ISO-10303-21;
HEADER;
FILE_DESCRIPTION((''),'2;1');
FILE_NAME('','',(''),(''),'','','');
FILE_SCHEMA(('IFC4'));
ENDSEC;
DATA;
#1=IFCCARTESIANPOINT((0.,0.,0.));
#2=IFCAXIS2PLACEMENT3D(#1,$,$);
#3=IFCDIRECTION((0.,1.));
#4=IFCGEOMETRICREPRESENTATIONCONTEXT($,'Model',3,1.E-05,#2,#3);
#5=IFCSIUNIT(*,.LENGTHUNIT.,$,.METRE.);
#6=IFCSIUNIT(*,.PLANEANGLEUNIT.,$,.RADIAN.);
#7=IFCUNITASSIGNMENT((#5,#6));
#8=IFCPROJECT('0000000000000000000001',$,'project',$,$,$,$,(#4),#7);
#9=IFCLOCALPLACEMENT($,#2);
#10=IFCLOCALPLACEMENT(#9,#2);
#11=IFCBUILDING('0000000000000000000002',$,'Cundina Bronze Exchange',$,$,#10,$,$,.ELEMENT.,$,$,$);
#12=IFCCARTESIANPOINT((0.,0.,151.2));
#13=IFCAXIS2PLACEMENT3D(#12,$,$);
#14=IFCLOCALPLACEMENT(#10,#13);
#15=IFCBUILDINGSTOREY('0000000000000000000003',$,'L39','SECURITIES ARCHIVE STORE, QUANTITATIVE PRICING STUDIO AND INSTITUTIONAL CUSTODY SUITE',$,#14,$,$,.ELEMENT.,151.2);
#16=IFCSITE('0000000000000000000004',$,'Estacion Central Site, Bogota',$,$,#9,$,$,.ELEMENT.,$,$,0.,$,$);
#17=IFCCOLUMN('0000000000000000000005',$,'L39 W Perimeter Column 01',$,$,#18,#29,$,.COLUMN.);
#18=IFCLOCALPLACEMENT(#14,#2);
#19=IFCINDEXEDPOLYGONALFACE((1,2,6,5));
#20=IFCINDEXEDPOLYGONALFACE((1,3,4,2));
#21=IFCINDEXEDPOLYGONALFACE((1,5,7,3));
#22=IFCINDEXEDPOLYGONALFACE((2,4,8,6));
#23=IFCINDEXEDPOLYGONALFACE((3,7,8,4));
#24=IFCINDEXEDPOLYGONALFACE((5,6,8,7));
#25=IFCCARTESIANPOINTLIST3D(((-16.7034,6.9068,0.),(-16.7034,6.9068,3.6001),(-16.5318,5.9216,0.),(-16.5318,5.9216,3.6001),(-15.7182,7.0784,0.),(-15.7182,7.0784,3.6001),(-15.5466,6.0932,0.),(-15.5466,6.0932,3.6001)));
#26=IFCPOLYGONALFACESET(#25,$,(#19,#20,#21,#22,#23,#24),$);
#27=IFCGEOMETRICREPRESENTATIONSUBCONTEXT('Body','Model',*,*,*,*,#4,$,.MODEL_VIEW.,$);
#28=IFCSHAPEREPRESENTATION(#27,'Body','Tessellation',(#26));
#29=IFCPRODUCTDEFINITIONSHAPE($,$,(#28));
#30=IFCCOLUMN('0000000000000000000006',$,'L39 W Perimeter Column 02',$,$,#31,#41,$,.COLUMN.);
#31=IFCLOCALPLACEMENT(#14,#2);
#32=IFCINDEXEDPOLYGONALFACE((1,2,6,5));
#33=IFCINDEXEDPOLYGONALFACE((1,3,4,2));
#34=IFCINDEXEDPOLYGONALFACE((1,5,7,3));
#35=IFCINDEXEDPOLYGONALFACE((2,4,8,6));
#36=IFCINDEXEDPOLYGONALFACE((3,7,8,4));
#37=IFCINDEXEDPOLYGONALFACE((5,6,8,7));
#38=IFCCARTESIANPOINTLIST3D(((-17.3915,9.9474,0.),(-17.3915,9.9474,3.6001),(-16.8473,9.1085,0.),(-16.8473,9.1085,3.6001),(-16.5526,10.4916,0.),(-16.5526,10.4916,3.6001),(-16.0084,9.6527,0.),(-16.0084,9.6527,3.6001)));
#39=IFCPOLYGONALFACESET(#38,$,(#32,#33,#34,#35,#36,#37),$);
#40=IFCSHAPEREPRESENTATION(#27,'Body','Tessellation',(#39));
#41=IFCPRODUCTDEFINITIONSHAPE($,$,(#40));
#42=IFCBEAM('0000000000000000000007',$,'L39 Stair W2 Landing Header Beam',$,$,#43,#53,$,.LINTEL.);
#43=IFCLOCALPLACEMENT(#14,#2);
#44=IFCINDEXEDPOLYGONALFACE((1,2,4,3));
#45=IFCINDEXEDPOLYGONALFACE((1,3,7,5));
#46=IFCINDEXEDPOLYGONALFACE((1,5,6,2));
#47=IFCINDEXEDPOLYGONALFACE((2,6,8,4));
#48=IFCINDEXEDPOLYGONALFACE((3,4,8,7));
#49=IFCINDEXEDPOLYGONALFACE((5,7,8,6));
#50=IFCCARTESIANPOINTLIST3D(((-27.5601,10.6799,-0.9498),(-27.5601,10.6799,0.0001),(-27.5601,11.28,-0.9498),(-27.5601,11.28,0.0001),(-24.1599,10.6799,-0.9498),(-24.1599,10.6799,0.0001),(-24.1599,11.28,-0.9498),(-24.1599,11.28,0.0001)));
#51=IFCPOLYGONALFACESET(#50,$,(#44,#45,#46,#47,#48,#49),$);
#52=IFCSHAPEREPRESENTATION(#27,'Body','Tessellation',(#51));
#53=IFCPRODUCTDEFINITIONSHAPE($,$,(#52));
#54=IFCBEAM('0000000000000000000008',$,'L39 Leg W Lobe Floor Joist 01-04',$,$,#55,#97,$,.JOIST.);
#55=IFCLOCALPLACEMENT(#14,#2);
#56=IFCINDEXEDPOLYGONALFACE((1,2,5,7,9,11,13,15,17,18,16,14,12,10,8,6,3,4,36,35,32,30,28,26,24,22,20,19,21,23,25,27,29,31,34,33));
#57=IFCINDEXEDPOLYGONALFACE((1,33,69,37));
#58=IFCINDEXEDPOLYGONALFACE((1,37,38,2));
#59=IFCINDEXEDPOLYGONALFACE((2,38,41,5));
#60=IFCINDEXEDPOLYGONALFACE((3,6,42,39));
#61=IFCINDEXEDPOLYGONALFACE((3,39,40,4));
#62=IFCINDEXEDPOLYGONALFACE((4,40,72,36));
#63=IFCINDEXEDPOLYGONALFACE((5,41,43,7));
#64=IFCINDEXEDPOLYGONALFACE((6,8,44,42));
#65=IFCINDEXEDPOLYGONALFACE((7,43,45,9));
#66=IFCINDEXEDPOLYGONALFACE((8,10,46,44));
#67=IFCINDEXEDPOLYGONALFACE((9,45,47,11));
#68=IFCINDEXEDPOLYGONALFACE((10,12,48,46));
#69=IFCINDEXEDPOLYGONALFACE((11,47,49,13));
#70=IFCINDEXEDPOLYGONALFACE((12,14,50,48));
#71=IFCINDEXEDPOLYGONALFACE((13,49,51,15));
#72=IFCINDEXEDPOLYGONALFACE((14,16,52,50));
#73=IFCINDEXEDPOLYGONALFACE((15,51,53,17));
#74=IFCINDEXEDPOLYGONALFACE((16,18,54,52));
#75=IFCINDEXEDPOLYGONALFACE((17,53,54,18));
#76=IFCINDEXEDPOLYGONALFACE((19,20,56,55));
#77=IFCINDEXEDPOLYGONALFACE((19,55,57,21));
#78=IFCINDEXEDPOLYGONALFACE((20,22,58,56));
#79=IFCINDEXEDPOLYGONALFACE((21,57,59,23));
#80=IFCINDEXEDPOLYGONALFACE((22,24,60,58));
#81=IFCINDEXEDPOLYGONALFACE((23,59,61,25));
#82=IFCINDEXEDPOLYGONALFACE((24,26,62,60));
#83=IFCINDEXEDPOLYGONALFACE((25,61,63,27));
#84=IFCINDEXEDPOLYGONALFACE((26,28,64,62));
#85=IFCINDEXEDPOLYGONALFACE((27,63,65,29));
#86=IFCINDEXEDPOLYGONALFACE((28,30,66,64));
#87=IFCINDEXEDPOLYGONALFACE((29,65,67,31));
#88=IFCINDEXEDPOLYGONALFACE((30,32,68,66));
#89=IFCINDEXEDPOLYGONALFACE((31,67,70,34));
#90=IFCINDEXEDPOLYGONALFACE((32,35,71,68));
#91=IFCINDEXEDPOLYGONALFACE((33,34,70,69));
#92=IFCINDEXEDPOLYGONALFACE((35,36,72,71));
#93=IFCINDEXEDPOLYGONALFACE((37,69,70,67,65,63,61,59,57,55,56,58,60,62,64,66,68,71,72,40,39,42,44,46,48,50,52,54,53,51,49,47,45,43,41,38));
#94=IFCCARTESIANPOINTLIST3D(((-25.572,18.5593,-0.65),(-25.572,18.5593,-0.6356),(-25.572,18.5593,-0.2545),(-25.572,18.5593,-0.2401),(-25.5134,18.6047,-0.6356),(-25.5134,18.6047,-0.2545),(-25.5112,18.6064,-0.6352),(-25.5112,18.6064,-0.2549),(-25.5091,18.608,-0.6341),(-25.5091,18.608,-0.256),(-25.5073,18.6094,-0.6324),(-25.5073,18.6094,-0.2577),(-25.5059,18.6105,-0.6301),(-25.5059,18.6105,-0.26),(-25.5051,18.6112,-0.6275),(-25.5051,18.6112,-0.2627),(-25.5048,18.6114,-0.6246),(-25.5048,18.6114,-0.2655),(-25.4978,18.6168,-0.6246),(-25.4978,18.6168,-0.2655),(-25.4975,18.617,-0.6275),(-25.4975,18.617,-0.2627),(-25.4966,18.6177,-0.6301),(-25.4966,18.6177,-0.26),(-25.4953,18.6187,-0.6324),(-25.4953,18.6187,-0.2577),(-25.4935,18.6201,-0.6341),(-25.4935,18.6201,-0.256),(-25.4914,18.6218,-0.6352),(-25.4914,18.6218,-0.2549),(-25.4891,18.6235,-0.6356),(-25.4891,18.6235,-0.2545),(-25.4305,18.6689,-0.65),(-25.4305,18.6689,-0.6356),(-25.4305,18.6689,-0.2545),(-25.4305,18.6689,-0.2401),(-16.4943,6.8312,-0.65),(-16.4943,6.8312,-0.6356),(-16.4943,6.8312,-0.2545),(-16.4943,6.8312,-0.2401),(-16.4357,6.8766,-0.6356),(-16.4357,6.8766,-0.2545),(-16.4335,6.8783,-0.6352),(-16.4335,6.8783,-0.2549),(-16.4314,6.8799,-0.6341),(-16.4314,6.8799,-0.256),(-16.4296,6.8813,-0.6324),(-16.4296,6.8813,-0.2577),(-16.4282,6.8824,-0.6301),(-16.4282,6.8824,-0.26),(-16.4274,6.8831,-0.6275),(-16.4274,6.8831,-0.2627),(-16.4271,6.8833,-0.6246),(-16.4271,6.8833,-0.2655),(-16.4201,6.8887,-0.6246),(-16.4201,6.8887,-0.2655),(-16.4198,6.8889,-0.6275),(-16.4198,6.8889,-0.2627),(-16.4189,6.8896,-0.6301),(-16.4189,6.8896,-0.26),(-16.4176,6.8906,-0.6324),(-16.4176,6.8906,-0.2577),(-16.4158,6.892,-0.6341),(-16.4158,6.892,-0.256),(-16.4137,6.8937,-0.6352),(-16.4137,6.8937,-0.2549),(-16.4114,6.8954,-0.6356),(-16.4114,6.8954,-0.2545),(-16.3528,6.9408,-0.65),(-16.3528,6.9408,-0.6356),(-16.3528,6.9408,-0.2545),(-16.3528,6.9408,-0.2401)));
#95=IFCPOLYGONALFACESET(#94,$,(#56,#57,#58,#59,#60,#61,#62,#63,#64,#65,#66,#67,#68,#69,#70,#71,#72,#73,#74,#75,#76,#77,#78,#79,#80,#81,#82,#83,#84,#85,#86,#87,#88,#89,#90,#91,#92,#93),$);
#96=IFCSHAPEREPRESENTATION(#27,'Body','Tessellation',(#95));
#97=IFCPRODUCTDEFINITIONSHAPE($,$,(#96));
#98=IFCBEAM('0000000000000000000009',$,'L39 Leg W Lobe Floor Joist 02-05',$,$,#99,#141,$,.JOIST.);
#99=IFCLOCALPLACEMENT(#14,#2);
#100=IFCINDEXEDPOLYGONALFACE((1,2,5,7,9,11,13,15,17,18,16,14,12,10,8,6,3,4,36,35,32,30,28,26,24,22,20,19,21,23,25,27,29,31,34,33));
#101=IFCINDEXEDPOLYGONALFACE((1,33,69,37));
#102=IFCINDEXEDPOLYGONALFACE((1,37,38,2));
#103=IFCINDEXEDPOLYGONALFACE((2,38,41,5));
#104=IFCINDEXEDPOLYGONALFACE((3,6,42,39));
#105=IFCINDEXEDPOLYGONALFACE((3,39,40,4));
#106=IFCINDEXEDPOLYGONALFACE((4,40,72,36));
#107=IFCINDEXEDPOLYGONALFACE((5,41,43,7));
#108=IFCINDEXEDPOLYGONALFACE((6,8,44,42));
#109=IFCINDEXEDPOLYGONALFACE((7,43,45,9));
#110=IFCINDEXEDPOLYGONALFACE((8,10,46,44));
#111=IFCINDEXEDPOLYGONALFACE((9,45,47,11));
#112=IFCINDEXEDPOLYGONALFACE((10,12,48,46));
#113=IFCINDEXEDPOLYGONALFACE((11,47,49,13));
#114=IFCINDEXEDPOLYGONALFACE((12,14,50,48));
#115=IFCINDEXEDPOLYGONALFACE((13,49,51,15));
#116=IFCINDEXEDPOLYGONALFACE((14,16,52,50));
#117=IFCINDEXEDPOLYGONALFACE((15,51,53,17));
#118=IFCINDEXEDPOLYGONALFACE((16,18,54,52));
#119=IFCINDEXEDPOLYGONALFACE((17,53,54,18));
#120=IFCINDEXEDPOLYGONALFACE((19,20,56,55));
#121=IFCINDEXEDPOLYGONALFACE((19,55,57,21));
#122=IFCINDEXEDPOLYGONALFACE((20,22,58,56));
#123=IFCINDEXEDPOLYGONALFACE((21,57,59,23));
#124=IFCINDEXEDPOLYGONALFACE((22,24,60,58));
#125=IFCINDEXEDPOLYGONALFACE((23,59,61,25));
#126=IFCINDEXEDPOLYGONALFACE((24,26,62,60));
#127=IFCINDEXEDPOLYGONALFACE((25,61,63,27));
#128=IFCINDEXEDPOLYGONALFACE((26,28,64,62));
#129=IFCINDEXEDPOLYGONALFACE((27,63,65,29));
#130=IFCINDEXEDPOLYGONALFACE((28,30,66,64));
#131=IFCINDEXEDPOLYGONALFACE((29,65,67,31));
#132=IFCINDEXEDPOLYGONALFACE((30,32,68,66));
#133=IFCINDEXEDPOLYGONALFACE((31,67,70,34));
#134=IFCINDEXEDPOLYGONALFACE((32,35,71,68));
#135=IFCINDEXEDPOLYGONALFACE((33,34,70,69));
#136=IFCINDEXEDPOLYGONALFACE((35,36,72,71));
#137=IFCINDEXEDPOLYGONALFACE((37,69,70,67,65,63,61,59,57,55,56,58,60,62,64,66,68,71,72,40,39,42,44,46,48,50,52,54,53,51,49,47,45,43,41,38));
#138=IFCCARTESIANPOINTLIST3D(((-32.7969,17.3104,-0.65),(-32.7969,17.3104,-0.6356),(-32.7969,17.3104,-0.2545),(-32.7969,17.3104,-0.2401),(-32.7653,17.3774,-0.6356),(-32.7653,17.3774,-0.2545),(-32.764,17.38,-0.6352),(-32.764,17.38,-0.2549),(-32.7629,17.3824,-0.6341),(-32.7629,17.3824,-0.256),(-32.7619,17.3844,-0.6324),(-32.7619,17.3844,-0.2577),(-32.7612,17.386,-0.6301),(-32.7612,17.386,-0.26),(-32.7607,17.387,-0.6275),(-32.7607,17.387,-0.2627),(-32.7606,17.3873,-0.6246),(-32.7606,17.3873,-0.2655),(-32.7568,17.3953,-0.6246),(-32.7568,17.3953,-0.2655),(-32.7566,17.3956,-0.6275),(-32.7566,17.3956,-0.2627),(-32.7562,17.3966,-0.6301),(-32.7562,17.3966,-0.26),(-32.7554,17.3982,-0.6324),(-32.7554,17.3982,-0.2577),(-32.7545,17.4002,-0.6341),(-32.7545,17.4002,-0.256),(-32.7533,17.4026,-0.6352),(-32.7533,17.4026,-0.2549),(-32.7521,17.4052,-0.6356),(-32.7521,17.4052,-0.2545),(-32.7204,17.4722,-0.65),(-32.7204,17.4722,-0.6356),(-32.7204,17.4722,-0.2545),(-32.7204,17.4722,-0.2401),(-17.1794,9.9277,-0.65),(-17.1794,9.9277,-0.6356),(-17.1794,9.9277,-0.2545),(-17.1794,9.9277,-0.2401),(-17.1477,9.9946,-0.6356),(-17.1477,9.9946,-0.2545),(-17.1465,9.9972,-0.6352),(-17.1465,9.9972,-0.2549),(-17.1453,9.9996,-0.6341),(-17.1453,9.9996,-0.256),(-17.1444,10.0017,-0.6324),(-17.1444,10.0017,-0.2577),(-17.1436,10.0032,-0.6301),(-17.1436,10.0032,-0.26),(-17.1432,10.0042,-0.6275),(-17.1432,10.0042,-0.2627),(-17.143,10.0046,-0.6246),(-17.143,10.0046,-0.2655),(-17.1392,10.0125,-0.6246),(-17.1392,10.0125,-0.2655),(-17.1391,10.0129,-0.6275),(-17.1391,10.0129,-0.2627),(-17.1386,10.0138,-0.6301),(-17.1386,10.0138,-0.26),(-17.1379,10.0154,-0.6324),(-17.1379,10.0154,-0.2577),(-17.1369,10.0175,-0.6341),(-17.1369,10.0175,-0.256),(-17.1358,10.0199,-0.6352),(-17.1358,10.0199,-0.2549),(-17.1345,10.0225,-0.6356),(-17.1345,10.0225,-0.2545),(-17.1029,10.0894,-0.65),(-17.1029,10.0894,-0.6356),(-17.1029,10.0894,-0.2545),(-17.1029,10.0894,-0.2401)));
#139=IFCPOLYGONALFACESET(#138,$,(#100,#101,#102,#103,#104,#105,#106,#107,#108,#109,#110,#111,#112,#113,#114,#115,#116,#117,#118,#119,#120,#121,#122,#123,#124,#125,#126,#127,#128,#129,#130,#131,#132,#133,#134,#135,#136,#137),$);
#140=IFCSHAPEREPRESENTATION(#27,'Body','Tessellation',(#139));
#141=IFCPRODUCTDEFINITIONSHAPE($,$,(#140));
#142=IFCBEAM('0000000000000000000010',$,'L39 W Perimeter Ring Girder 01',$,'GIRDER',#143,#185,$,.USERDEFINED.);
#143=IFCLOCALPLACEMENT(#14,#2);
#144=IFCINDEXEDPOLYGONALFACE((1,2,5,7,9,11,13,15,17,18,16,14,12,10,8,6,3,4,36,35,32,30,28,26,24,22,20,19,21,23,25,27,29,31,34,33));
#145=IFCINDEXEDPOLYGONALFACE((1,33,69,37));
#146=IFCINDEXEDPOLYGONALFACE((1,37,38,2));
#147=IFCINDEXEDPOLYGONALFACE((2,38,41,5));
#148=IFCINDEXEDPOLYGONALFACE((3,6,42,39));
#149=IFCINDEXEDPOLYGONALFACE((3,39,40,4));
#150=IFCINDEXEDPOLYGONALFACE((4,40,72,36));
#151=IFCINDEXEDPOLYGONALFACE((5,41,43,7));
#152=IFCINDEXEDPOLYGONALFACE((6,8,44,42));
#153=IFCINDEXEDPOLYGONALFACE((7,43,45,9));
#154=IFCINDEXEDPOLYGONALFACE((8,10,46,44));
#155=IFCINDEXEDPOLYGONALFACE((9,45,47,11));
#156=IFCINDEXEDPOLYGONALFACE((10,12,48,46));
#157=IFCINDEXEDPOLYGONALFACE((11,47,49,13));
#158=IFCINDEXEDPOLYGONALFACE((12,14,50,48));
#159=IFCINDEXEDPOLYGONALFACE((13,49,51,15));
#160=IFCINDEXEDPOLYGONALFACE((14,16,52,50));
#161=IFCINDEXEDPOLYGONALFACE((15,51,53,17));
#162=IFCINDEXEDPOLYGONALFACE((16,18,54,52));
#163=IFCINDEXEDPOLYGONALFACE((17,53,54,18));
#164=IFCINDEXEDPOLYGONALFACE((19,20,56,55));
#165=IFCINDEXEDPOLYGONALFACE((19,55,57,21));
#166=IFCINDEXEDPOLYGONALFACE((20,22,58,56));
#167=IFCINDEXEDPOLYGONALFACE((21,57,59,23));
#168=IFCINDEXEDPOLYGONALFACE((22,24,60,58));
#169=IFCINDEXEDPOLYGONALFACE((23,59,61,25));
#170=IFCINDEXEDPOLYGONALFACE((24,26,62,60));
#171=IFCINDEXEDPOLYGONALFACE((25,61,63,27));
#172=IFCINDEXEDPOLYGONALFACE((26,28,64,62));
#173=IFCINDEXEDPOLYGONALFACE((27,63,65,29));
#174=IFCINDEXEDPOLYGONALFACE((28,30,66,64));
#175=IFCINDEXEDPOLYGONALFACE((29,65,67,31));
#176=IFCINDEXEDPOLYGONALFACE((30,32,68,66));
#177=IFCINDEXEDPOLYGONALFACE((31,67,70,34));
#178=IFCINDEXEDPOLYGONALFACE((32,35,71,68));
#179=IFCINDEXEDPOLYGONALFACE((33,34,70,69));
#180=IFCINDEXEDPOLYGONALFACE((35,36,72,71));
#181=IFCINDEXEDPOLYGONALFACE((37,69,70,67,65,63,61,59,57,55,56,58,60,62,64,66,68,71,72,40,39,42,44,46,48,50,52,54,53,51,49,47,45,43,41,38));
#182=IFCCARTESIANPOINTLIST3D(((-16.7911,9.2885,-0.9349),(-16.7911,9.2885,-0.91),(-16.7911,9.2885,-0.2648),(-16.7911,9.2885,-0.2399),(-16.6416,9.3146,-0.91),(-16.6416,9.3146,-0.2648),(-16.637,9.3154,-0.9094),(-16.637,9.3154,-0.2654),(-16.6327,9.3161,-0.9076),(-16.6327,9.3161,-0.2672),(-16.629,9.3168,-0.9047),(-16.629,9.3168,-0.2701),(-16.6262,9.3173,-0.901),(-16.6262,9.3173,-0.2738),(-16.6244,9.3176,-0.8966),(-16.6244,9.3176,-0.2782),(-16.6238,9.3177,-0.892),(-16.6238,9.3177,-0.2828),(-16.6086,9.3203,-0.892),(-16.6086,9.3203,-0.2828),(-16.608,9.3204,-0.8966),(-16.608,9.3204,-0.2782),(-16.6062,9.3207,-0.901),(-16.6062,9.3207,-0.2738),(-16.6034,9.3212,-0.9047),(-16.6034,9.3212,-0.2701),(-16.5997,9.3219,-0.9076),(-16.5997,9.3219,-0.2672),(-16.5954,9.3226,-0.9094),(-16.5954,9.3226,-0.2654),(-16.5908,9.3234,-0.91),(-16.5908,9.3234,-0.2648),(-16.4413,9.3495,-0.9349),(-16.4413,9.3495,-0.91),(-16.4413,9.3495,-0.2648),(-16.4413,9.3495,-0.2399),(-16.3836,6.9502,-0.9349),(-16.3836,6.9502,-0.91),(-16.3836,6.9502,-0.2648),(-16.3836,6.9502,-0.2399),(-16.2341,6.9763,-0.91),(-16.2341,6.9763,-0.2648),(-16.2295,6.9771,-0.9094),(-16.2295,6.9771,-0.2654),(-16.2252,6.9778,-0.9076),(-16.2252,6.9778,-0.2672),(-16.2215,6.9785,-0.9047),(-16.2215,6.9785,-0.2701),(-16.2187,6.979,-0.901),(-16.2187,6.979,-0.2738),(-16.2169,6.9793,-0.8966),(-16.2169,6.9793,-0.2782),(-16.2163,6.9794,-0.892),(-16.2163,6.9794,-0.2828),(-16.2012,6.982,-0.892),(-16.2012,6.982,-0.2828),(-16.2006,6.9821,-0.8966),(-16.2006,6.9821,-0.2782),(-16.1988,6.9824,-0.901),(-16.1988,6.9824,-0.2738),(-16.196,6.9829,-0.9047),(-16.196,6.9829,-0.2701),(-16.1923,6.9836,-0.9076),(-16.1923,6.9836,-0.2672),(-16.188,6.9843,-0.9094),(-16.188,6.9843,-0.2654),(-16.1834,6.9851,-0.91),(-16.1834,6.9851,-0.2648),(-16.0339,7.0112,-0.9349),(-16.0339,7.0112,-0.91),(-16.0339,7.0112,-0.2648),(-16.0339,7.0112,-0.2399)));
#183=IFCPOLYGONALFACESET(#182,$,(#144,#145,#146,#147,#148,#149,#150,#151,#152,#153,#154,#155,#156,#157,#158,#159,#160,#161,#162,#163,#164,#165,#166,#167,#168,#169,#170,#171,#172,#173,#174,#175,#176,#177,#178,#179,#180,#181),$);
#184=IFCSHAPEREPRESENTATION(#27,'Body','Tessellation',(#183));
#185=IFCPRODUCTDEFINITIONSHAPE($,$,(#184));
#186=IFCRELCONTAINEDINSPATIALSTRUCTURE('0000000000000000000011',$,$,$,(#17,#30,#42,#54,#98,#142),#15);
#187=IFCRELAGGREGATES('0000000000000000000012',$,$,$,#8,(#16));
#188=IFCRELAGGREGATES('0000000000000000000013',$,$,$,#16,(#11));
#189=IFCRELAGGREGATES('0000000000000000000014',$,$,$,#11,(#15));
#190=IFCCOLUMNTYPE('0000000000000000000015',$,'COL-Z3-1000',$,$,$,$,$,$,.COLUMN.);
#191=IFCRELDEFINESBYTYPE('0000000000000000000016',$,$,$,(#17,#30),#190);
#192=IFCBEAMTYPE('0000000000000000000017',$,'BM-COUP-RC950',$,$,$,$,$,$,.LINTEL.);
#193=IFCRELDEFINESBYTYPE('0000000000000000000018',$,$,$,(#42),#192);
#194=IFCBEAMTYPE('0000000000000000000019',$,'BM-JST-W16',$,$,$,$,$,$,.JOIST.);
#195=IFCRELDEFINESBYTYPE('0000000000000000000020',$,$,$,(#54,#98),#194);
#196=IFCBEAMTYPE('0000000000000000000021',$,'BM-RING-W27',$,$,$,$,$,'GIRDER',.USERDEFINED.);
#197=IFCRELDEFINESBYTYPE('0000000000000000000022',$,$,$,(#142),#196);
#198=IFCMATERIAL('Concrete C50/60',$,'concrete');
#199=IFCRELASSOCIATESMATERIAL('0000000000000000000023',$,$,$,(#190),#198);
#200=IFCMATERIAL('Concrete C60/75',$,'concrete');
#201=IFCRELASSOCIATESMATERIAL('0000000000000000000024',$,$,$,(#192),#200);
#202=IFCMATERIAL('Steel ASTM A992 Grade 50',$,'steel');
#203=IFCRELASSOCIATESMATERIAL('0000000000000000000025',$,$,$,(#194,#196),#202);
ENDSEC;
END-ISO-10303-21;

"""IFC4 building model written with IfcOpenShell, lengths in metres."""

from ifc_helpers import new_model, si_unit, direction, frame, origin, origin_2d, place, context, subcontext, project, spatial, rectangle, i_section, extrude, material, material_profile, profile_set, type_object, element, save


model = new_model("IFC4")

# Units and contexts
model_context = context("Model", 3, precision=1e-05, world=origin(), true_north=direction((0.0, 1.0)))
body_context = subcontext(model_context, "Body", "Model", "MODEL_VIEW")
ifc_project = project(units=[si_unit("LENGTHUNIT", "METRE"), si_unit("PLANEANGLEUNIT", "RADIAN")], contexts=[model_context])

# Site, building, storey
site_placement = place(None, origin())
site = spatial("IfcSite", under=ifc_project, at=site_placement, Name="Estacion Central Site, Bogota", CompositionType="ELEMENT", RefElevation=0.0)
building_placement = place(site_placement, origin())
building = spatial("IfcBuilding", under=site, at=building_placement, Name="Cundina Bronze Exchange", CompositionType="ELEMENT")
storey_placement = place(building_placement, frame((0.0, 0.0, 151.2)))
storey = spatial("IfcBuildingStorey", under=building, at=storey_placement, Name="L39", Description="SECURITIES ARCHIVE STORE, QUANTITATIVE PRICING STUDIO AND INSTITUTIONAL CUSTODY SUITE", CompositionType="ELEMENT", Elevation=151.2)

# Columns
ifc_material_1 = material(Name="Concrete C50/60", Category="concrete")
ifc_material_profile_1 = material_profile(ifc_material_1, rectangle(XDim=1.0, YDim=1.0, at=origin_2d()), Name="RC1000X1000", Category="concrete")
ifc_profile_set_1 = profile_set([ifc_material_profile_1], Name="Concrete C50/60")
column_type = type_object("IfcColumnType", Name="COL-Z3-1000", PredefinedType="COLUMN", material=ifc_profile_set_1)
for number, where, z_axis, x_axis, name in (
    (1, (-16.125, 6.5, 0.0), (0.0, 0.0, 1.0), (-0.171585, 0.985169, 0.0), "L39 W Perimeter Column 01"),
    (2, (-16.7, 9.8, 0.0), (0.0, 0.0, 1.0), (-0.5442, 0.838956, 0.0), "L39 W Perimeter Column 02"),
):
    element("IfcColumn", number, at=place(storey_placement, frame(where, z_axis=z_axis, x_axis=x_axis)), inside=storey, type_object=column_type, Name=name, PredefinedType="COLUMN", context=body_context, shape_type="SweptSolid", body=[
        extrude(rectangle(XDim=1.0, YDim=1.0, at=origin_2d()), origin(), (0.0, 0.0, 1.0), 3.6001),
    ])

# Beams
ifc_material_2 = material(Name="Concrete C60/75", Category="concrete")
ifc_material_profile_2 = material_profile(ifc_material_2, rectangle(XDim=0.6001, YDim=0.95, at=origin_2d()), Name="RC600X950", Category="concrete")
ifc_profile_set_2 = profile_set([ifc_material_profile_2], Name="Concrete C60/75")
beam_type_1 = type_object("IfcBeamType", Name="BM-COUP-RC950", PredefinedType="LINTEL", material=ifc_profile_set_2)
beam_1_placement = place(storey_placement, frame((-27.5601, 10.98, -0.4749), z_axis=(1.0, 0.0, 0.0), x_axis=(0.0, 1.0, 0.0)))
element("IfcBeam", 3, at=beam_1_placement, inside=storey, type_object=beam_type_1, Name="L39 Stair W2 Landing Header Beam", PredefinedType="LINTEL", context=body_context, shape_type="SweptSolid", body=[
    extrude(rectangle(XDim=0.6001, YDim=0.95, at=origin_2d()), origin(), (0.0, 0.0, 1.0), 3.4001),
])
ifc_material_3 = material(Name="Steel ASTM A992 Grade 50", Category="steel")
ifc_material_profile_3 = material_profile(ifc_material_3, i_section(OverallWidth=0.179, OverallDepth=0.4099, WebThickness=0.0088, FlangeThickness=0.0144, FilletRadius=0.011, at=origin_2d()), Name="W16X45", Category="steel")
ifc_profile_set_3 = profile_set([ifc_material_profile_3], Name="Steel ASTM A992 Grade 50")
beam_type_2 = type_object("IfcBeamType", Name="BM-JST-W16", PredefinedType="JOIST", material=ifc_profile_set_3)
beam_2_placement = place(storey_placement, frame((-16.4236, 6.886, -0.4451), z_axis=(-0.612084, 0.790793, 0.0), x_axis=(-0.790793, -0.612084, 0.0)))
element("IfcBeam", 4, at=beam_2_placement, inside=storey, type_object=beam_type_2, Name="L39 Leg W Lobe Floor Joist 01-04", PredefinedType="JOIST", context=body_context, shape_type="SweptSolid", body=[
    extrude(i_section(OverallWidth=0.179, OverallDepth=0.4099, WebThickness=0.0088, FlangeThickness=0.0144, FilletRadius=0.011, at=origin_2d()), origin(), (0.0, 0.0, 1.0), 14.8308),
])
beam_3_placement = place(storey_placement, frame((-17.1411, 10.0085, -0.4451), z_axis=(-0.904074, 0.427375, 0.0), x_axis=(-0.427375, -0.904074, 0.0)))
element("IfcBeam", 5, at=beam_3_placement, inside=storey, type_object=beam_type_2, Name="L39 Leg W Lobe Floor Joist 02-05", PredefinedType="JOIST", context=body_context, shape_type="SweptSolid", body=[
    extrude(i_section(OverallWidth=0.179, OverallDepth=0.4099, WebThickness=0.0088, FlangeThickness=0.0144, FilletRadius=0.011, at=origin_2d()), origin(), (0.0, 0.0, 1.0), 17.2747),
])
ifc_material_profile_4 = material_profile(ifc_material_3, i_section(OverallWidth=0.355, OverallDepth=0.6951, WebThickness=0.0154, FlangeThickness=0.0249, FilletRadius=0.0181, at=origin_2d()), Name="W27X146", Category="steel")
ifc_profile_set_4 = profile_set([ifc_material_profile_4], Name="Steel ASTM A992 Grade 50")
beam_type_3 = type_object("IfcBeamType", Name="BM-RING-W27", ElementType="GIRDER", PredefinedType="USERDEFINED", material=ifc_profile_set_4)
beam_4_placement = place(storey_placement, frame((-16.2087, 6.9807, -0.5874), z_axis=(-0.171667, 0.985155, 0.0), x_axis=(-0.985155, -0.171667, 0.0)))
element("IfcBeam", 6, at=beam_4_placement, inside=storey, type_object=beam_type_3, Name="L39 W Perimeter Ring Girder 01", ObjectType="GIRDER", PredefinedType="USERDEFINED", context=body_context, shape_type="SweptSolid", body=[
    extrude(i_section(OverallWidth=0.355, OverallDepth=0.6951, WebThickness=0.0154, FlangeThickness=0.0249, FilletRadius=0.0181, at=origin_2d()), origin(), (0.0, 0.0, 1.0), 2.3735),
])

save(model, "model.ifc")
